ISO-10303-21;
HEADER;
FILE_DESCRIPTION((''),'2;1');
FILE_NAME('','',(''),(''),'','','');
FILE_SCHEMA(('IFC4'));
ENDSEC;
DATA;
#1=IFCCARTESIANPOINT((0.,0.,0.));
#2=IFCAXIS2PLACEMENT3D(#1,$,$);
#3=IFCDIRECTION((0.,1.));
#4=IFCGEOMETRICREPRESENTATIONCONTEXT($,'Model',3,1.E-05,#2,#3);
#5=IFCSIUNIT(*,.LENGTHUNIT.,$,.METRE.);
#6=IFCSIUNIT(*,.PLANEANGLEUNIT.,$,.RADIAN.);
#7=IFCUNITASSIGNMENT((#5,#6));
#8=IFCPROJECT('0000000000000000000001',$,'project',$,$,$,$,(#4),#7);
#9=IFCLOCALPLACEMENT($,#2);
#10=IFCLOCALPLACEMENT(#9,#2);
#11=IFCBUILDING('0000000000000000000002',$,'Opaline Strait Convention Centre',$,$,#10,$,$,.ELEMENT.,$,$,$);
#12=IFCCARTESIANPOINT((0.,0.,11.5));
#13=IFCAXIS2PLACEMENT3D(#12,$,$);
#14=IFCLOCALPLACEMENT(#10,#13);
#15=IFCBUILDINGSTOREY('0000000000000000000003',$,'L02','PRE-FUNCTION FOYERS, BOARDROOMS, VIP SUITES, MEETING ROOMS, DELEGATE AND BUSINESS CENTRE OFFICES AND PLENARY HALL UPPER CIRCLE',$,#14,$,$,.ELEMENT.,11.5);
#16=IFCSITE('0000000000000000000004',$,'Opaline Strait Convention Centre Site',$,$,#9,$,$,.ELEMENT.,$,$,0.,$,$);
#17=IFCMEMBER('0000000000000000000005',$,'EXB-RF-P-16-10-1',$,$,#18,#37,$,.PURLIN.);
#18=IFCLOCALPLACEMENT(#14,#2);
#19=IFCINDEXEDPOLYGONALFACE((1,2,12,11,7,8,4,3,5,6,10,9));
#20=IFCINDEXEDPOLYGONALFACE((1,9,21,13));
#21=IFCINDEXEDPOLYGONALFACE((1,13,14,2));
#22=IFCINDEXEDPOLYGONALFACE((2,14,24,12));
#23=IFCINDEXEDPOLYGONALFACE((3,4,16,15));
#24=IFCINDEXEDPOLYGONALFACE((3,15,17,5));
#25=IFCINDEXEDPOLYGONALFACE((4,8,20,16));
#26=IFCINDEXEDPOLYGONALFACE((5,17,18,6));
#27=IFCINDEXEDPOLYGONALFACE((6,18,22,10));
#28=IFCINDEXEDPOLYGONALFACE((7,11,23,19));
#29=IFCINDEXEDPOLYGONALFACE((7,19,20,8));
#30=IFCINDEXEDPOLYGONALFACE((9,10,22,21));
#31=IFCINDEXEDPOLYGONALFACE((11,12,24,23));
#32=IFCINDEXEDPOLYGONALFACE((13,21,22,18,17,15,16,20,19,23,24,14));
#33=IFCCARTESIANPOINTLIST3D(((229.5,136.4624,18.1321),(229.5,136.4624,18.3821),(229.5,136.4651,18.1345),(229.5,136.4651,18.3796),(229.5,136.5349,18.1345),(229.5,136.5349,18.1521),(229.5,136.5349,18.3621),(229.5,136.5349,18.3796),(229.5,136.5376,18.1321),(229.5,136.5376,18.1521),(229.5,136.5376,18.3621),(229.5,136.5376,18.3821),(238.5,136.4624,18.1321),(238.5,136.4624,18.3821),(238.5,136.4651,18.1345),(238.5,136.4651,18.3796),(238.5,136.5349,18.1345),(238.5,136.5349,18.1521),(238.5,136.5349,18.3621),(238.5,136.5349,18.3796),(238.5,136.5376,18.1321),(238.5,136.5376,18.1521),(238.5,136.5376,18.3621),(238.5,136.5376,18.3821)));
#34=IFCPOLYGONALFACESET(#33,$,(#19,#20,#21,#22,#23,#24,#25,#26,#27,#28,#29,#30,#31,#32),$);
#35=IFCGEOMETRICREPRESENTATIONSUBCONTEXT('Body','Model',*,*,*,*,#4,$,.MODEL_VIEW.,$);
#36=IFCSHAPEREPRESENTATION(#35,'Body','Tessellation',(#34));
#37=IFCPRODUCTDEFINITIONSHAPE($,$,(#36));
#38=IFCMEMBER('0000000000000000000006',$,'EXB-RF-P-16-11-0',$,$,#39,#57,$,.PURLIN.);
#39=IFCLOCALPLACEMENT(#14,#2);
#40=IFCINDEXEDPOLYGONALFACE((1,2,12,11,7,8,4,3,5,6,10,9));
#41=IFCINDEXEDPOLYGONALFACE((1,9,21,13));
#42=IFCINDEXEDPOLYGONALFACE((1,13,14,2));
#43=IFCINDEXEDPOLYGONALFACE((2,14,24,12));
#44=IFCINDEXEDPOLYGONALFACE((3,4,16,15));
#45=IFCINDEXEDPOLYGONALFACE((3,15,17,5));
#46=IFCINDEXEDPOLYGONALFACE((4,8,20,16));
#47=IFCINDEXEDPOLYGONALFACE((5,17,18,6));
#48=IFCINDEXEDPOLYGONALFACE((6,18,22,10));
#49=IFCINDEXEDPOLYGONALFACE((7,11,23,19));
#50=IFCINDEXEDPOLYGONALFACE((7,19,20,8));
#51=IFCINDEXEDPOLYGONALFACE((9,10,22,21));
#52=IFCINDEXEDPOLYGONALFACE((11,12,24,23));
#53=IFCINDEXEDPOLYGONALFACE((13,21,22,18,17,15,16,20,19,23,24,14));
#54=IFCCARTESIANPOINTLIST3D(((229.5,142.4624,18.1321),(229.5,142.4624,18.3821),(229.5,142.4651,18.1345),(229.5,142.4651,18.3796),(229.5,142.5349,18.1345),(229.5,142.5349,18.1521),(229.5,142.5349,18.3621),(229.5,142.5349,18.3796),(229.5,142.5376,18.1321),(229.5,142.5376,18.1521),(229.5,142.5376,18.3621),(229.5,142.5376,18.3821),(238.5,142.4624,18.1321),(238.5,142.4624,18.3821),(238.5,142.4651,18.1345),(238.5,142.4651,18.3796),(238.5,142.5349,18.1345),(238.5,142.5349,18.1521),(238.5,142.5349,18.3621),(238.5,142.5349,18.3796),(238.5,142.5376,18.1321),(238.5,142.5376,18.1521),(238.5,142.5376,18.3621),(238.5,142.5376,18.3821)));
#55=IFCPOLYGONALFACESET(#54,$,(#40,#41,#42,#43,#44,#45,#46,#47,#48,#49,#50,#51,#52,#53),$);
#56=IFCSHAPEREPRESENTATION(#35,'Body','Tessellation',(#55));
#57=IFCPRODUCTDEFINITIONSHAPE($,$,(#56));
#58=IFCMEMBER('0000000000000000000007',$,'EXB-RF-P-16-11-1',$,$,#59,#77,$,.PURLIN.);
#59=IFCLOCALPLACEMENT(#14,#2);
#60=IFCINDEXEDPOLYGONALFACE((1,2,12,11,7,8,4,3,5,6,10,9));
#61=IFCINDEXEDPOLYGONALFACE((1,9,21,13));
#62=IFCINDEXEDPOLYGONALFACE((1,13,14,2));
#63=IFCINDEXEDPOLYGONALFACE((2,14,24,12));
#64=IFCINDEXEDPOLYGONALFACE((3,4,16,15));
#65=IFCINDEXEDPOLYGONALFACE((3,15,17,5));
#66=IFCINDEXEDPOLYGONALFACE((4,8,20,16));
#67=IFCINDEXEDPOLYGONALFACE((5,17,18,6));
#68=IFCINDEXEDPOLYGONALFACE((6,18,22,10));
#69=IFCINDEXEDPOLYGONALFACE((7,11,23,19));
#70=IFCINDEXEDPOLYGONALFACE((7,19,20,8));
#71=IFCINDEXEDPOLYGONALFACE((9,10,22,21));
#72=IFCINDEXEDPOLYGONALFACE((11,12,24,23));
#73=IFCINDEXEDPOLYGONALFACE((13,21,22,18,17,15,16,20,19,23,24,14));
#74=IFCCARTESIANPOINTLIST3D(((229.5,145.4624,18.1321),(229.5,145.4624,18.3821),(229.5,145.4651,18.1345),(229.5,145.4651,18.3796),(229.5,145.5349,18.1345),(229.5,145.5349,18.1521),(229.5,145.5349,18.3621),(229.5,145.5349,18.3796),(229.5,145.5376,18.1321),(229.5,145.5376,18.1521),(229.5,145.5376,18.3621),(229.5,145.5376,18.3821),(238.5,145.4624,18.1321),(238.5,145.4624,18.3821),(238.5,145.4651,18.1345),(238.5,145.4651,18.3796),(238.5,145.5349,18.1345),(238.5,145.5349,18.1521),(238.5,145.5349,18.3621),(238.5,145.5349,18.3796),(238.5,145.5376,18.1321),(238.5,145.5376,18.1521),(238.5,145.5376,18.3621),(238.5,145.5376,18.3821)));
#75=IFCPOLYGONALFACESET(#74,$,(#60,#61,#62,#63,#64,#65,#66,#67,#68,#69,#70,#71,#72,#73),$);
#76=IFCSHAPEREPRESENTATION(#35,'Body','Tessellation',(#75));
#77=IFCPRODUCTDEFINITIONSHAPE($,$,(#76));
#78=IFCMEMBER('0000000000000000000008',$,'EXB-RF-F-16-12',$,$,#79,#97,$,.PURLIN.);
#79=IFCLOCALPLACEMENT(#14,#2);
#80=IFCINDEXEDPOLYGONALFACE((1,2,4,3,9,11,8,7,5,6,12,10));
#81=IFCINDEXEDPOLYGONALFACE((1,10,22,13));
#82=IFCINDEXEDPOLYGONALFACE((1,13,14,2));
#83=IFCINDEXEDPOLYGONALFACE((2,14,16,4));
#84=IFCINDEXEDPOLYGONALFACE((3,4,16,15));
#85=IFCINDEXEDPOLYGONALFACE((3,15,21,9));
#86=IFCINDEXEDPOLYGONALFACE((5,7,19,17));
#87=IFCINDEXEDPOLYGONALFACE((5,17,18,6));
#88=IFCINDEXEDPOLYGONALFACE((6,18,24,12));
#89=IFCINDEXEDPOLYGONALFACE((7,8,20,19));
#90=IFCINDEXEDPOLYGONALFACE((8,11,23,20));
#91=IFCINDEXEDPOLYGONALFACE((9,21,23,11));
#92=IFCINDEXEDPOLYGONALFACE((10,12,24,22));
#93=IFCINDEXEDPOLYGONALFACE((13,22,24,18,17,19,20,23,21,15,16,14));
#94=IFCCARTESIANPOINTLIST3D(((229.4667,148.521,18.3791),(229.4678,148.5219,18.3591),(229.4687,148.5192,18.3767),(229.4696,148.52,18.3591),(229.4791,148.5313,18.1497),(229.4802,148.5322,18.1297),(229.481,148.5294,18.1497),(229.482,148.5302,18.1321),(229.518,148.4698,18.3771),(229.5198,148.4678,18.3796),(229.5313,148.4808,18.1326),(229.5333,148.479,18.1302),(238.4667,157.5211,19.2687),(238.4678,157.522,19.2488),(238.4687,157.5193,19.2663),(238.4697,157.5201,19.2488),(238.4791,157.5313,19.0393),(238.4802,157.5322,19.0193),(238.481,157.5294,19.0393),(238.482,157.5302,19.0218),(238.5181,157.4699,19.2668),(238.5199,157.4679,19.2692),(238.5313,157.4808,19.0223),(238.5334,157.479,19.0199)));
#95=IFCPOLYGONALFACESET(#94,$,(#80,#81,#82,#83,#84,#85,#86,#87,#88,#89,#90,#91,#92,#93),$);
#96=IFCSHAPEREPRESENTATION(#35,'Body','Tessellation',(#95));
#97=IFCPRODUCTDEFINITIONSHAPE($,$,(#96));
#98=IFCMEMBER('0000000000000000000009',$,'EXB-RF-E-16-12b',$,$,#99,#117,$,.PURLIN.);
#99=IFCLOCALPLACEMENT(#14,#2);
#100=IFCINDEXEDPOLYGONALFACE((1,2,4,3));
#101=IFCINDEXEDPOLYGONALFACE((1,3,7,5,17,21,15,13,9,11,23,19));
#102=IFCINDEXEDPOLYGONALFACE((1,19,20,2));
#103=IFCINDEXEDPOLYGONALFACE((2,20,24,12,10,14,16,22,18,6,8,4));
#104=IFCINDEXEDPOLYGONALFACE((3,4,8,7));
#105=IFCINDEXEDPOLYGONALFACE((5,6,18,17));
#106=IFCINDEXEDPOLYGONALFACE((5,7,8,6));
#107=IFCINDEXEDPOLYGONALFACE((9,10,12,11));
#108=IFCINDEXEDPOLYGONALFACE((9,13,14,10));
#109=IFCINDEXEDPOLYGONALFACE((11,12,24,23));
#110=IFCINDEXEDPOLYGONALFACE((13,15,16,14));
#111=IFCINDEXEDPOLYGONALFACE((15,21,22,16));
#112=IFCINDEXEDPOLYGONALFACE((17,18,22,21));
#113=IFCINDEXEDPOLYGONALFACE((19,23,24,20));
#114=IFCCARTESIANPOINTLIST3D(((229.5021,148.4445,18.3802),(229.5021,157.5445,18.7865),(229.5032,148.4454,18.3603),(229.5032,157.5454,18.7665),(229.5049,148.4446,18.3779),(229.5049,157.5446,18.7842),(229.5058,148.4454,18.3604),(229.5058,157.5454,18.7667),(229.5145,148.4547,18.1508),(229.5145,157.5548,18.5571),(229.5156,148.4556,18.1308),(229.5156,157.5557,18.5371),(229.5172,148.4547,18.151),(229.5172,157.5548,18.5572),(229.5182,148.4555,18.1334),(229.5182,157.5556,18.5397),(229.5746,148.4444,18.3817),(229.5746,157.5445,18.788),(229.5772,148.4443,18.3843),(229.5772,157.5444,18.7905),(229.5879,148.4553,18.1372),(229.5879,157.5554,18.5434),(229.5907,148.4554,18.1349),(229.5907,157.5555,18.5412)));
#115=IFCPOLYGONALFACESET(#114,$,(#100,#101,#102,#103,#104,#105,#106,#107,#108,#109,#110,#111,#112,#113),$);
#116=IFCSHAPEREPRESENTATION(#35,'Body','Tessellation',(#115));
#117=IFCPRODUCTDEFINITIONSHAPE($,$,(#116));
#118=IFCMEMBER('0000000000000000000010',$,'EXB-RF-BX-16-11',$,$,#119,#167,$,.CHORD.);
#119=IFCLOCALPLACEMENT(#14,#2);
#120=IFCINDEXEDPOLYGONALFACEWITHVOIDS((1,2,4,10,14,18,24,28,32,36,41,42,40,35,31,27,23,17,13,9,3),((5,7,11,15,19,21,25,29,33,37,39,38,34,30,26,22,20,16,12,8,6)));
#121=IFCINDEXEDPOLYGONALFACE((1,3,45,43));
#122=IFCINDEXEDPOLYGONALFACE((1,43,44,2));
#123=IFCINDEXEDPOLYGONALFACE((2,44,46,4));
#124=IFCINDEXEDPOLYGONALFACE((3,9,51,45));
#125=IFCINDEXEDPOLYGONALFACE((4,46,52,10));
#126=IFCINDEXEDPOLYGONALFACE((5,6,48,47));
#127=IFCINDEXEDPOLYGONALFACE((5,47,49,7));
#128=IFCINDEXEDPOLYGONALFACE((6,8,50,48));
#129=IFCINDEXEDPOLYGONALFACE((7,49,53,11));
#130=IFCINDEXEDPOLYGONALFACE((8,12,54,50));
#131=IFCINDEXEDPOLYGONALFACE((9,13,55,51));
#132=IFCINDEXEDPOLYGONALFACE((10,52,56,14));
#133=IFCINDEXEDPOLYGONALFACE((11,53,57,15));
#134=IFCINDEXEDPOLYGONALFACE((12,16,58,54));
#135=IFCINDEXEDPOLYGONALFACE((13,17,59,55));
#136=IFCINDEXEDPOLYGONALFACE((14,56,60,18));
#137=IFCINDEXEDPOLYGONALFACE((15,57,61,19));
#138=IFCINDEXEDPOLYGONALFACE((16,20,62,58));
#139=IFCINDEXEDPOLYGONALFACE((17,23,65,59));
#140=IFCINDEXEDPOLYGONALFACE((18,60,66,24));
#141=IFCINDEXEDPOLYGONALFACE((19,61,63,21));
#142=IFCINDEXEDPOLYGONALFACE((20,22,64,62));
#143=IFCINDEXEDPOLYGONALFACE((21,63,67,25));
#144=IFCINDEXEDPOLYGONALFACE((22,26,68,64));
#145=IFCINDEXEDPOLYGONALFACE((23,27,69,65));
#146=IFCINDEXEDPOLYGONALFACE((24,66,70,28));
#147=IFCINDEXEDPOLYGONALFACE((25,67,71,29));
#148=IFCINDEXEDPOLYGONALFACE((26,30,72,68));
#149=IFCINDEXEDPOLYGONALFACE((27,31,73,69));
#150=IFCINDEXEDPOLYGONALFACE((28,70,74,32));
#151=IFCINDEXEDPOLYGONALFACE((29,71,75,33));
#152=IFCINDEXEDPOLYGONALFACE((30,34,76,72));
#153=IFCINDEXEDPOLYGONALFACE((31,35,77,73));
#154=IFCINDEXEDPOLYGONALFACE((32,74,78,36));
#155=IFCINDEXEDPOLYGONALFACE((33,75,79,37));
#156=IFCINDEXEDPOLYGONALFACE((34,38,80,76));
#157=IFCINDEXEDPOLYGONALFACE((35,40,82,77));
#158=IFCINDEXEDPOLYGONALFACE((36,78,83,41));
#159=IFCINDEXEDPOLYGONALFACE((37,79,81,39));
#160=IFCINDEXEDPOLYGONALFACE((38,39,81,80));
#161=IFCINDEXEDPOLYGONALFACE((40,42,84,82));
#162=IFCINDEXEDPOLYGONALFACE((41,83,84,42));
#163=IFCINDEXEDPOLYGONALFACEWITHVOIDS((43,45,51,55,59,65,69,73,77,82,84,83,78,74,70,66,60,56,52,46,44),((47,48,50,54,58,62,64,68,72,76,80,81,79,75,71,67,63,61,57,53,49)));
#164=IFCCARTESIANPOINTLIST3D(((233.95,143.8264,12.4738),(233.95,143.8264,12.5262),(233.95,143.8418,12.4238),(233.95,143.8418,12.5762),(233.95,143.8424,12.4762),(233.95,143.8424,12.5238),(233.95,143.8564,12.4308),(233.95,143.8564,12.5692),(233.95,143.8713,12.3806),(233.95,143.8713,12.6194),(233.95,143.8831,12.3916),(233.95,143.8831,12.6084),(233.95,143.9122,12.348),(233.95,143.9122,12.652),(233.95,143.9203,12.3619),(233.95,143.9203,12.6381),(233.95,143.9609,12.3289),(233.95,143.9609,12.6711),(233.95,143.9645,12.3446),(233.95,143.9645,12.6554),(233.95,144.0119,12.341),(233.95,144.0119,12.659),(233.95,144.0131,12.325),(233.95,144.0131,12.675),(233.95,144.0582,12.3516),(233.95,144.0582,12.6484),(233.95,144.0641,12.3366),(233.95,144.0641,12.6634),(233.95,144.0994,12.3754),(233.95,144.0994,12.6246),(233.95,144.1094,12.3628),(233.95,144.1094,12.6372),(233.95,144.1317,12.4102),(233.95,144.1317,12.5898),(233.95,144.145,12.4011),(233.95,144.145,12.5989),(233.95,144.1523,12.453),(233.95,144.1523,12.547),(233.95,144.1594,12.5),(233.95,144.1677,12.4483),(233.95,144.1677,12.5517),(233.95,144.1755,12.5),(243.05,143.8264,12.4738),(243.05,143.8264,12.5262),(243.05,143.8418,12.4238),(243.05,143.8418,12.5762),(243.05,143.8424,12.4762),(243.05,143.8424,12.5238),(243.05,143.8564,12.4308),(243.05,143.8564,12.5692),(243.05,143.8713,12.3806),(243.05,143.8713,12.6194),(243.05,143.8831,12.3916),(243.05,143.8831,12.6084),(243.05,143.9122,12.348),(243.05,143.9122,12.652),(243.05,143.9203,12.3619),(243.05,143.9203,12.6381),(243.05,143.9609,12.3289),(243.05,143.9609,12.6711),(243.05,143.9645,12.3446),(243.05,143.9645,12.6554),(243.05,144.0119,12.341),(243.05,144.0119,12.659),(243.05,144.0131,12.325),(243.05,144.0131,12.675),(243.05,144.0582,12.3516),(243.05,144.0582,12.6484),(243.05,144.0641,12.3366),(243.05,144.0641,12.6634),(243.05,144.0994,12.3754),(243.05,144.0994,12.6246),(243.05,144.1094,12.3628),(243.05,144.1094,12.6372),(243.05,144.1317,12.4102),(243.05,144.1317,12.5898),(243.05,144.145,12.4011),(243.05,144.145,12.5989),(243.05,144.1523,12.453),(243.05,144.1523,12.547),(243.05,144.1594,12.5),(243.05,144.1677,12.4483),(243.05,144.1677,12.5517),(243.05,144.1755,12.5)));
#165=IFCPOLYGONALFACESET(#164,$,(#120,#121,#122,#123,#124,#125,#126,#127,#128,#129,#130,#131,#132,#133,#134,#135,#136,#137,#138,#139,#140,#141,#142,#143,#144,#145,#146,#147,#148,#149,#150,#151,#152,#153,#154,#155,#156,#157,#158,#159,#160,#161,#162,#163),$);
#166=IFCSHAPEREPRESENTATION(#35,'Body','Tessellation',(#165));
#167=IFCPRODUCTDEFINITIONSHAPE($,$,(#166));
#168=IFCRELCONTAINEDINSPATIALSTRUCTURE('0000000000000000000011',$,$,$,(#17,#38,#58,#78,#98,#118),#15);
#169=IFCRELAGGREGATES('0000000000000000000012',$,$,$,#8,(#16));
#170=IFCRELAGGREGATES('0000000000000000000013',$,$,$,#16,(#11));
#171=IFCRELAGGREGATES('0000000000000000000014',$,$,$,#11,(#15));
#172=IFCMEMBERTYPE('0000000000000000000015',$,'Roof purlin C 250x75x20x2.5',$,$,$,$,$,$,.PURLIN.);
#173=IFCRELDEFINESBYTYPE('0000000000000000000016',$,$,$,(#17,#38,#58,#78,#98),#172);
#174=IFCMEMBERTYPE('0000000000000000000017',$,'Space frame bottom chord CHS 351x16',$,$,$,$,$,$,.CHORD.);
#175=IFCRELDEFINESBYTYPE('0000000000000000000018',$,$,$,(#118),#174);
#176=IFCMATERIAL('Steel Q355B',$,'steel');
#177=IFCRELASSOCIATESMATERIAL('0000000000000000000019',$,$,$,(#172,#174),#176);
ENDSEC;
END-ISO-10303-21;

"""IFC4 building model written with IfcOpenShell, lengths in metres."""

from ifc_helpers import new_model, si_unit, direction, frame, origin, origin_2d, place, context, subcontext, project, spatial, polyline, hollow_circle, outline, extrude, material, material_profile, profile_set, type_object, element, save


model = new_model("IFC4")

# Units and contexts
model_context = context("Model", 3, precision=1e-05, world=origin(), true_north=direction((0.0, 1.0)))
body_context = subcontext(model_context, "Body", "Model", "MODEL_VIEW")
ifc_project = project(units=[si_unit("LENGTHUNIT", "METRE"), si_unit("PLANEANGLEUNIT", "RADIAN")], contexts=[model_context])

# Site, building, storey
site_placement = place(None, origin())
site = spatial("IfcSite", under=ifc_project, at=site_placement, Name="Opaline Strait Convention Centre Site", CompositionType="ELEMENT", RefElevation=0.0)
building_placement = place(site_placement, origin())
building = spatial("IfcBuilding", under=site, at=building_placement, Name="Opaline Strait Convention Centre", CompositionType="ELEMENT")
storey_placement = place(building_placement, frame((0.0, 0.0, 11.5)))
storey = spatial("IfcBuildingStorey", under=building, at=storey_placement, Name="L02", Description="PRE-FUNCTION FOYERS, BOARDROOMS, VIP SUITES, MEETING ROOMS, DELEGATE AND BUSINESS CENTRE OFFICES AND PLENARY HALL UPPER CIRCLE", CompositionType="ELEMENT", Elevation=11.5)

# Members
ifc_material_1 = material(Name="Steel Q355B", Category="steel")
ifc_material_profile_1 = material_profile(ifc_material_1, outline(polyline([(-0.0376, -0.125), (0.0376, -0.125), (0.0376, -0.105), (0.0349, -0.105), (0.0349, -0.1226), (-0.0349, -0.1226), (-0.0349, 0.1226), (0.0349, 0.1226), (0.0349, 0.105), (0.0376, 0.105), (0.0376, 0.125), (-0.0376, 0.125), (-0.0376, -0.125)])), Name="C 250x75x20x2.5")
ifc_profile_set_1 = profile_set([ifc_material_profile_1], Name="Steel Q355B")
member_type_1 = type_object("IfcMemberType", Name="Roof purlin C 250x75x20x2.5", PredefinedType="PURLIN", material=ifc_profile_set_1)
for number, where, z_axis, x_axis, name in (
    (1, (229.5, 136.5, 18.2571), (1.0, 0.0, 0.0), (0.0, 1.0, 0.0), "EXB-RF-P-16-10-1"),
    (2, (229.5, 142.5, 18.2571), (1.0, 0.0, 0.0), (0.0, 1.0, 0.0), "EXB-RF-P-16-11-0"),
    (3, (229.5, 145.5, 18.2571), (1.0, 0.0, 0.0), (0.0, 1.0, 0.0), "EXB-RF-P-16-11-1"),
):
    element("IfcMember", number, at=place(storey_placement, frame(where, z_axis=z_axis, x_axis=x_axis)), inside=storey, type_object=member_type_1, Name=name, PredefinedType="PURLIN", context=body_context, shape_type="SweptSolid", body=[
        extrude(outline(polyline([(-0.0376, -0.125), (0.0376, -0.125), (0.0376, -0.105), (0.0349, -0.105), (0.0349, -0.1226), (-0.0349, -0.1226), (-0.0349, 0.1226), (0.0349, 0.1226), (0.0349, 0.105), (0.0376, 0.105), (0.0376, 0.125), (-0.0376, 0.125), (-0.0376, -0.125)])), origin(), (0.0, 0.0, 1.0), 9.0),
    ])
member_1_placement = place(storey_placement, frame((229.5, 148.5, 18.2546), z_axis=(0.705386, 0.705386, 0.069727), x_axis=(-0.706758, 0.707423, -0.006724)))
element("IfcMember", 4, at=member_1_placement, inside=storey, type_object=member_type_1, Name="EXB-RF-F-16-12", PredefinedType="PURLIN", context=body_context, shape_type="SweptSolid", body=[
    extrude(outline(polyline([(-0.0376, -0.125), (0.0376, -0.125), (0.0376, -0.105), (0.0349, -0.105), (0.0349, -0.1226), (-0.0349, -0.1226), (-0.0349, 0.1226), (0.0349, 0.1226), (0.0349, 0.105), (0.0376, 0.105), (0.0376, 0.125), (-0.0376, 0.125), (-0.0376, -0.125)])), origin(), (0.0, 0.0, 1.0), 12.759),
])
member_2_placement = place(storey_placement, frame((229.5464, 148.45, 18.2576), z_axis=(0.0, 0.999005, 0.044598), x_axis=(-0.998537, 0.002412, -0.05402)))
element("IfcMember", 5, at=member_2_placement, inside=storey, type_object=member_type_1, Name="EXB-RF-E-16-12b", PredefinedType="PURLIN", context=body_context, shape_type="SweptSolid", body=[
    extrude(outline(polyline([(-0.0376, -0.125), (0.0376, -0.125), (0.0376, -0.105), (0.0349, -0.105), (0.0349, -0.1226), (-0.0349, -0.1226), (-0.0349, 0.1226), (0.0349, 0.1226), (0.0349, 0.105), (0.0376, 0.105), (0.0376, 0.125), (-0.0376, 0.125), (-0.0376, -0.125)])), origin(), (0.0, 0.0, 1.0), 9.1091),
])
ifc_material_profile_2 = material_profile(ifc_material_1, hollow_circle(Radius=0.1755, WallThickness=0.0161, at=origin_2d()), Name="CHS 351x16")
ifc_profile_set_2 = profile_set([ifc_material_profile_2], Name="Steel Q355B")
member_type_2 = type_object("IfcMemberType", Name="Space frame bottom chord CHS 351x16", PredefinedType="CHORD", material=ifc_profile_set_2)
for number, where, z_axis, x_axis, name in (
    (6, (233.95, 144.0, 12.5), (1.0, 0.0, 0.0), (0.0, 1.0, 0.0), "EXB-RF-BX-16-11"),
):
    element("IfcMember", number, at=place(storey_placement, frame(where, z_axis=z_axis, x_axis=x_axis)), inside=storey, type_object=member_type_2, Name=name, PredefinedType="CHORD", context=body_context, shape_type="SweptSolid", body=[
        extrude(hollow_circle(Radius=0.1755, WallThickness=0.0161, at=origin_2d()), origin(), (0.0, 0.0, 1.0), 9.1001),
    ])

save(model, "model.ifc")
